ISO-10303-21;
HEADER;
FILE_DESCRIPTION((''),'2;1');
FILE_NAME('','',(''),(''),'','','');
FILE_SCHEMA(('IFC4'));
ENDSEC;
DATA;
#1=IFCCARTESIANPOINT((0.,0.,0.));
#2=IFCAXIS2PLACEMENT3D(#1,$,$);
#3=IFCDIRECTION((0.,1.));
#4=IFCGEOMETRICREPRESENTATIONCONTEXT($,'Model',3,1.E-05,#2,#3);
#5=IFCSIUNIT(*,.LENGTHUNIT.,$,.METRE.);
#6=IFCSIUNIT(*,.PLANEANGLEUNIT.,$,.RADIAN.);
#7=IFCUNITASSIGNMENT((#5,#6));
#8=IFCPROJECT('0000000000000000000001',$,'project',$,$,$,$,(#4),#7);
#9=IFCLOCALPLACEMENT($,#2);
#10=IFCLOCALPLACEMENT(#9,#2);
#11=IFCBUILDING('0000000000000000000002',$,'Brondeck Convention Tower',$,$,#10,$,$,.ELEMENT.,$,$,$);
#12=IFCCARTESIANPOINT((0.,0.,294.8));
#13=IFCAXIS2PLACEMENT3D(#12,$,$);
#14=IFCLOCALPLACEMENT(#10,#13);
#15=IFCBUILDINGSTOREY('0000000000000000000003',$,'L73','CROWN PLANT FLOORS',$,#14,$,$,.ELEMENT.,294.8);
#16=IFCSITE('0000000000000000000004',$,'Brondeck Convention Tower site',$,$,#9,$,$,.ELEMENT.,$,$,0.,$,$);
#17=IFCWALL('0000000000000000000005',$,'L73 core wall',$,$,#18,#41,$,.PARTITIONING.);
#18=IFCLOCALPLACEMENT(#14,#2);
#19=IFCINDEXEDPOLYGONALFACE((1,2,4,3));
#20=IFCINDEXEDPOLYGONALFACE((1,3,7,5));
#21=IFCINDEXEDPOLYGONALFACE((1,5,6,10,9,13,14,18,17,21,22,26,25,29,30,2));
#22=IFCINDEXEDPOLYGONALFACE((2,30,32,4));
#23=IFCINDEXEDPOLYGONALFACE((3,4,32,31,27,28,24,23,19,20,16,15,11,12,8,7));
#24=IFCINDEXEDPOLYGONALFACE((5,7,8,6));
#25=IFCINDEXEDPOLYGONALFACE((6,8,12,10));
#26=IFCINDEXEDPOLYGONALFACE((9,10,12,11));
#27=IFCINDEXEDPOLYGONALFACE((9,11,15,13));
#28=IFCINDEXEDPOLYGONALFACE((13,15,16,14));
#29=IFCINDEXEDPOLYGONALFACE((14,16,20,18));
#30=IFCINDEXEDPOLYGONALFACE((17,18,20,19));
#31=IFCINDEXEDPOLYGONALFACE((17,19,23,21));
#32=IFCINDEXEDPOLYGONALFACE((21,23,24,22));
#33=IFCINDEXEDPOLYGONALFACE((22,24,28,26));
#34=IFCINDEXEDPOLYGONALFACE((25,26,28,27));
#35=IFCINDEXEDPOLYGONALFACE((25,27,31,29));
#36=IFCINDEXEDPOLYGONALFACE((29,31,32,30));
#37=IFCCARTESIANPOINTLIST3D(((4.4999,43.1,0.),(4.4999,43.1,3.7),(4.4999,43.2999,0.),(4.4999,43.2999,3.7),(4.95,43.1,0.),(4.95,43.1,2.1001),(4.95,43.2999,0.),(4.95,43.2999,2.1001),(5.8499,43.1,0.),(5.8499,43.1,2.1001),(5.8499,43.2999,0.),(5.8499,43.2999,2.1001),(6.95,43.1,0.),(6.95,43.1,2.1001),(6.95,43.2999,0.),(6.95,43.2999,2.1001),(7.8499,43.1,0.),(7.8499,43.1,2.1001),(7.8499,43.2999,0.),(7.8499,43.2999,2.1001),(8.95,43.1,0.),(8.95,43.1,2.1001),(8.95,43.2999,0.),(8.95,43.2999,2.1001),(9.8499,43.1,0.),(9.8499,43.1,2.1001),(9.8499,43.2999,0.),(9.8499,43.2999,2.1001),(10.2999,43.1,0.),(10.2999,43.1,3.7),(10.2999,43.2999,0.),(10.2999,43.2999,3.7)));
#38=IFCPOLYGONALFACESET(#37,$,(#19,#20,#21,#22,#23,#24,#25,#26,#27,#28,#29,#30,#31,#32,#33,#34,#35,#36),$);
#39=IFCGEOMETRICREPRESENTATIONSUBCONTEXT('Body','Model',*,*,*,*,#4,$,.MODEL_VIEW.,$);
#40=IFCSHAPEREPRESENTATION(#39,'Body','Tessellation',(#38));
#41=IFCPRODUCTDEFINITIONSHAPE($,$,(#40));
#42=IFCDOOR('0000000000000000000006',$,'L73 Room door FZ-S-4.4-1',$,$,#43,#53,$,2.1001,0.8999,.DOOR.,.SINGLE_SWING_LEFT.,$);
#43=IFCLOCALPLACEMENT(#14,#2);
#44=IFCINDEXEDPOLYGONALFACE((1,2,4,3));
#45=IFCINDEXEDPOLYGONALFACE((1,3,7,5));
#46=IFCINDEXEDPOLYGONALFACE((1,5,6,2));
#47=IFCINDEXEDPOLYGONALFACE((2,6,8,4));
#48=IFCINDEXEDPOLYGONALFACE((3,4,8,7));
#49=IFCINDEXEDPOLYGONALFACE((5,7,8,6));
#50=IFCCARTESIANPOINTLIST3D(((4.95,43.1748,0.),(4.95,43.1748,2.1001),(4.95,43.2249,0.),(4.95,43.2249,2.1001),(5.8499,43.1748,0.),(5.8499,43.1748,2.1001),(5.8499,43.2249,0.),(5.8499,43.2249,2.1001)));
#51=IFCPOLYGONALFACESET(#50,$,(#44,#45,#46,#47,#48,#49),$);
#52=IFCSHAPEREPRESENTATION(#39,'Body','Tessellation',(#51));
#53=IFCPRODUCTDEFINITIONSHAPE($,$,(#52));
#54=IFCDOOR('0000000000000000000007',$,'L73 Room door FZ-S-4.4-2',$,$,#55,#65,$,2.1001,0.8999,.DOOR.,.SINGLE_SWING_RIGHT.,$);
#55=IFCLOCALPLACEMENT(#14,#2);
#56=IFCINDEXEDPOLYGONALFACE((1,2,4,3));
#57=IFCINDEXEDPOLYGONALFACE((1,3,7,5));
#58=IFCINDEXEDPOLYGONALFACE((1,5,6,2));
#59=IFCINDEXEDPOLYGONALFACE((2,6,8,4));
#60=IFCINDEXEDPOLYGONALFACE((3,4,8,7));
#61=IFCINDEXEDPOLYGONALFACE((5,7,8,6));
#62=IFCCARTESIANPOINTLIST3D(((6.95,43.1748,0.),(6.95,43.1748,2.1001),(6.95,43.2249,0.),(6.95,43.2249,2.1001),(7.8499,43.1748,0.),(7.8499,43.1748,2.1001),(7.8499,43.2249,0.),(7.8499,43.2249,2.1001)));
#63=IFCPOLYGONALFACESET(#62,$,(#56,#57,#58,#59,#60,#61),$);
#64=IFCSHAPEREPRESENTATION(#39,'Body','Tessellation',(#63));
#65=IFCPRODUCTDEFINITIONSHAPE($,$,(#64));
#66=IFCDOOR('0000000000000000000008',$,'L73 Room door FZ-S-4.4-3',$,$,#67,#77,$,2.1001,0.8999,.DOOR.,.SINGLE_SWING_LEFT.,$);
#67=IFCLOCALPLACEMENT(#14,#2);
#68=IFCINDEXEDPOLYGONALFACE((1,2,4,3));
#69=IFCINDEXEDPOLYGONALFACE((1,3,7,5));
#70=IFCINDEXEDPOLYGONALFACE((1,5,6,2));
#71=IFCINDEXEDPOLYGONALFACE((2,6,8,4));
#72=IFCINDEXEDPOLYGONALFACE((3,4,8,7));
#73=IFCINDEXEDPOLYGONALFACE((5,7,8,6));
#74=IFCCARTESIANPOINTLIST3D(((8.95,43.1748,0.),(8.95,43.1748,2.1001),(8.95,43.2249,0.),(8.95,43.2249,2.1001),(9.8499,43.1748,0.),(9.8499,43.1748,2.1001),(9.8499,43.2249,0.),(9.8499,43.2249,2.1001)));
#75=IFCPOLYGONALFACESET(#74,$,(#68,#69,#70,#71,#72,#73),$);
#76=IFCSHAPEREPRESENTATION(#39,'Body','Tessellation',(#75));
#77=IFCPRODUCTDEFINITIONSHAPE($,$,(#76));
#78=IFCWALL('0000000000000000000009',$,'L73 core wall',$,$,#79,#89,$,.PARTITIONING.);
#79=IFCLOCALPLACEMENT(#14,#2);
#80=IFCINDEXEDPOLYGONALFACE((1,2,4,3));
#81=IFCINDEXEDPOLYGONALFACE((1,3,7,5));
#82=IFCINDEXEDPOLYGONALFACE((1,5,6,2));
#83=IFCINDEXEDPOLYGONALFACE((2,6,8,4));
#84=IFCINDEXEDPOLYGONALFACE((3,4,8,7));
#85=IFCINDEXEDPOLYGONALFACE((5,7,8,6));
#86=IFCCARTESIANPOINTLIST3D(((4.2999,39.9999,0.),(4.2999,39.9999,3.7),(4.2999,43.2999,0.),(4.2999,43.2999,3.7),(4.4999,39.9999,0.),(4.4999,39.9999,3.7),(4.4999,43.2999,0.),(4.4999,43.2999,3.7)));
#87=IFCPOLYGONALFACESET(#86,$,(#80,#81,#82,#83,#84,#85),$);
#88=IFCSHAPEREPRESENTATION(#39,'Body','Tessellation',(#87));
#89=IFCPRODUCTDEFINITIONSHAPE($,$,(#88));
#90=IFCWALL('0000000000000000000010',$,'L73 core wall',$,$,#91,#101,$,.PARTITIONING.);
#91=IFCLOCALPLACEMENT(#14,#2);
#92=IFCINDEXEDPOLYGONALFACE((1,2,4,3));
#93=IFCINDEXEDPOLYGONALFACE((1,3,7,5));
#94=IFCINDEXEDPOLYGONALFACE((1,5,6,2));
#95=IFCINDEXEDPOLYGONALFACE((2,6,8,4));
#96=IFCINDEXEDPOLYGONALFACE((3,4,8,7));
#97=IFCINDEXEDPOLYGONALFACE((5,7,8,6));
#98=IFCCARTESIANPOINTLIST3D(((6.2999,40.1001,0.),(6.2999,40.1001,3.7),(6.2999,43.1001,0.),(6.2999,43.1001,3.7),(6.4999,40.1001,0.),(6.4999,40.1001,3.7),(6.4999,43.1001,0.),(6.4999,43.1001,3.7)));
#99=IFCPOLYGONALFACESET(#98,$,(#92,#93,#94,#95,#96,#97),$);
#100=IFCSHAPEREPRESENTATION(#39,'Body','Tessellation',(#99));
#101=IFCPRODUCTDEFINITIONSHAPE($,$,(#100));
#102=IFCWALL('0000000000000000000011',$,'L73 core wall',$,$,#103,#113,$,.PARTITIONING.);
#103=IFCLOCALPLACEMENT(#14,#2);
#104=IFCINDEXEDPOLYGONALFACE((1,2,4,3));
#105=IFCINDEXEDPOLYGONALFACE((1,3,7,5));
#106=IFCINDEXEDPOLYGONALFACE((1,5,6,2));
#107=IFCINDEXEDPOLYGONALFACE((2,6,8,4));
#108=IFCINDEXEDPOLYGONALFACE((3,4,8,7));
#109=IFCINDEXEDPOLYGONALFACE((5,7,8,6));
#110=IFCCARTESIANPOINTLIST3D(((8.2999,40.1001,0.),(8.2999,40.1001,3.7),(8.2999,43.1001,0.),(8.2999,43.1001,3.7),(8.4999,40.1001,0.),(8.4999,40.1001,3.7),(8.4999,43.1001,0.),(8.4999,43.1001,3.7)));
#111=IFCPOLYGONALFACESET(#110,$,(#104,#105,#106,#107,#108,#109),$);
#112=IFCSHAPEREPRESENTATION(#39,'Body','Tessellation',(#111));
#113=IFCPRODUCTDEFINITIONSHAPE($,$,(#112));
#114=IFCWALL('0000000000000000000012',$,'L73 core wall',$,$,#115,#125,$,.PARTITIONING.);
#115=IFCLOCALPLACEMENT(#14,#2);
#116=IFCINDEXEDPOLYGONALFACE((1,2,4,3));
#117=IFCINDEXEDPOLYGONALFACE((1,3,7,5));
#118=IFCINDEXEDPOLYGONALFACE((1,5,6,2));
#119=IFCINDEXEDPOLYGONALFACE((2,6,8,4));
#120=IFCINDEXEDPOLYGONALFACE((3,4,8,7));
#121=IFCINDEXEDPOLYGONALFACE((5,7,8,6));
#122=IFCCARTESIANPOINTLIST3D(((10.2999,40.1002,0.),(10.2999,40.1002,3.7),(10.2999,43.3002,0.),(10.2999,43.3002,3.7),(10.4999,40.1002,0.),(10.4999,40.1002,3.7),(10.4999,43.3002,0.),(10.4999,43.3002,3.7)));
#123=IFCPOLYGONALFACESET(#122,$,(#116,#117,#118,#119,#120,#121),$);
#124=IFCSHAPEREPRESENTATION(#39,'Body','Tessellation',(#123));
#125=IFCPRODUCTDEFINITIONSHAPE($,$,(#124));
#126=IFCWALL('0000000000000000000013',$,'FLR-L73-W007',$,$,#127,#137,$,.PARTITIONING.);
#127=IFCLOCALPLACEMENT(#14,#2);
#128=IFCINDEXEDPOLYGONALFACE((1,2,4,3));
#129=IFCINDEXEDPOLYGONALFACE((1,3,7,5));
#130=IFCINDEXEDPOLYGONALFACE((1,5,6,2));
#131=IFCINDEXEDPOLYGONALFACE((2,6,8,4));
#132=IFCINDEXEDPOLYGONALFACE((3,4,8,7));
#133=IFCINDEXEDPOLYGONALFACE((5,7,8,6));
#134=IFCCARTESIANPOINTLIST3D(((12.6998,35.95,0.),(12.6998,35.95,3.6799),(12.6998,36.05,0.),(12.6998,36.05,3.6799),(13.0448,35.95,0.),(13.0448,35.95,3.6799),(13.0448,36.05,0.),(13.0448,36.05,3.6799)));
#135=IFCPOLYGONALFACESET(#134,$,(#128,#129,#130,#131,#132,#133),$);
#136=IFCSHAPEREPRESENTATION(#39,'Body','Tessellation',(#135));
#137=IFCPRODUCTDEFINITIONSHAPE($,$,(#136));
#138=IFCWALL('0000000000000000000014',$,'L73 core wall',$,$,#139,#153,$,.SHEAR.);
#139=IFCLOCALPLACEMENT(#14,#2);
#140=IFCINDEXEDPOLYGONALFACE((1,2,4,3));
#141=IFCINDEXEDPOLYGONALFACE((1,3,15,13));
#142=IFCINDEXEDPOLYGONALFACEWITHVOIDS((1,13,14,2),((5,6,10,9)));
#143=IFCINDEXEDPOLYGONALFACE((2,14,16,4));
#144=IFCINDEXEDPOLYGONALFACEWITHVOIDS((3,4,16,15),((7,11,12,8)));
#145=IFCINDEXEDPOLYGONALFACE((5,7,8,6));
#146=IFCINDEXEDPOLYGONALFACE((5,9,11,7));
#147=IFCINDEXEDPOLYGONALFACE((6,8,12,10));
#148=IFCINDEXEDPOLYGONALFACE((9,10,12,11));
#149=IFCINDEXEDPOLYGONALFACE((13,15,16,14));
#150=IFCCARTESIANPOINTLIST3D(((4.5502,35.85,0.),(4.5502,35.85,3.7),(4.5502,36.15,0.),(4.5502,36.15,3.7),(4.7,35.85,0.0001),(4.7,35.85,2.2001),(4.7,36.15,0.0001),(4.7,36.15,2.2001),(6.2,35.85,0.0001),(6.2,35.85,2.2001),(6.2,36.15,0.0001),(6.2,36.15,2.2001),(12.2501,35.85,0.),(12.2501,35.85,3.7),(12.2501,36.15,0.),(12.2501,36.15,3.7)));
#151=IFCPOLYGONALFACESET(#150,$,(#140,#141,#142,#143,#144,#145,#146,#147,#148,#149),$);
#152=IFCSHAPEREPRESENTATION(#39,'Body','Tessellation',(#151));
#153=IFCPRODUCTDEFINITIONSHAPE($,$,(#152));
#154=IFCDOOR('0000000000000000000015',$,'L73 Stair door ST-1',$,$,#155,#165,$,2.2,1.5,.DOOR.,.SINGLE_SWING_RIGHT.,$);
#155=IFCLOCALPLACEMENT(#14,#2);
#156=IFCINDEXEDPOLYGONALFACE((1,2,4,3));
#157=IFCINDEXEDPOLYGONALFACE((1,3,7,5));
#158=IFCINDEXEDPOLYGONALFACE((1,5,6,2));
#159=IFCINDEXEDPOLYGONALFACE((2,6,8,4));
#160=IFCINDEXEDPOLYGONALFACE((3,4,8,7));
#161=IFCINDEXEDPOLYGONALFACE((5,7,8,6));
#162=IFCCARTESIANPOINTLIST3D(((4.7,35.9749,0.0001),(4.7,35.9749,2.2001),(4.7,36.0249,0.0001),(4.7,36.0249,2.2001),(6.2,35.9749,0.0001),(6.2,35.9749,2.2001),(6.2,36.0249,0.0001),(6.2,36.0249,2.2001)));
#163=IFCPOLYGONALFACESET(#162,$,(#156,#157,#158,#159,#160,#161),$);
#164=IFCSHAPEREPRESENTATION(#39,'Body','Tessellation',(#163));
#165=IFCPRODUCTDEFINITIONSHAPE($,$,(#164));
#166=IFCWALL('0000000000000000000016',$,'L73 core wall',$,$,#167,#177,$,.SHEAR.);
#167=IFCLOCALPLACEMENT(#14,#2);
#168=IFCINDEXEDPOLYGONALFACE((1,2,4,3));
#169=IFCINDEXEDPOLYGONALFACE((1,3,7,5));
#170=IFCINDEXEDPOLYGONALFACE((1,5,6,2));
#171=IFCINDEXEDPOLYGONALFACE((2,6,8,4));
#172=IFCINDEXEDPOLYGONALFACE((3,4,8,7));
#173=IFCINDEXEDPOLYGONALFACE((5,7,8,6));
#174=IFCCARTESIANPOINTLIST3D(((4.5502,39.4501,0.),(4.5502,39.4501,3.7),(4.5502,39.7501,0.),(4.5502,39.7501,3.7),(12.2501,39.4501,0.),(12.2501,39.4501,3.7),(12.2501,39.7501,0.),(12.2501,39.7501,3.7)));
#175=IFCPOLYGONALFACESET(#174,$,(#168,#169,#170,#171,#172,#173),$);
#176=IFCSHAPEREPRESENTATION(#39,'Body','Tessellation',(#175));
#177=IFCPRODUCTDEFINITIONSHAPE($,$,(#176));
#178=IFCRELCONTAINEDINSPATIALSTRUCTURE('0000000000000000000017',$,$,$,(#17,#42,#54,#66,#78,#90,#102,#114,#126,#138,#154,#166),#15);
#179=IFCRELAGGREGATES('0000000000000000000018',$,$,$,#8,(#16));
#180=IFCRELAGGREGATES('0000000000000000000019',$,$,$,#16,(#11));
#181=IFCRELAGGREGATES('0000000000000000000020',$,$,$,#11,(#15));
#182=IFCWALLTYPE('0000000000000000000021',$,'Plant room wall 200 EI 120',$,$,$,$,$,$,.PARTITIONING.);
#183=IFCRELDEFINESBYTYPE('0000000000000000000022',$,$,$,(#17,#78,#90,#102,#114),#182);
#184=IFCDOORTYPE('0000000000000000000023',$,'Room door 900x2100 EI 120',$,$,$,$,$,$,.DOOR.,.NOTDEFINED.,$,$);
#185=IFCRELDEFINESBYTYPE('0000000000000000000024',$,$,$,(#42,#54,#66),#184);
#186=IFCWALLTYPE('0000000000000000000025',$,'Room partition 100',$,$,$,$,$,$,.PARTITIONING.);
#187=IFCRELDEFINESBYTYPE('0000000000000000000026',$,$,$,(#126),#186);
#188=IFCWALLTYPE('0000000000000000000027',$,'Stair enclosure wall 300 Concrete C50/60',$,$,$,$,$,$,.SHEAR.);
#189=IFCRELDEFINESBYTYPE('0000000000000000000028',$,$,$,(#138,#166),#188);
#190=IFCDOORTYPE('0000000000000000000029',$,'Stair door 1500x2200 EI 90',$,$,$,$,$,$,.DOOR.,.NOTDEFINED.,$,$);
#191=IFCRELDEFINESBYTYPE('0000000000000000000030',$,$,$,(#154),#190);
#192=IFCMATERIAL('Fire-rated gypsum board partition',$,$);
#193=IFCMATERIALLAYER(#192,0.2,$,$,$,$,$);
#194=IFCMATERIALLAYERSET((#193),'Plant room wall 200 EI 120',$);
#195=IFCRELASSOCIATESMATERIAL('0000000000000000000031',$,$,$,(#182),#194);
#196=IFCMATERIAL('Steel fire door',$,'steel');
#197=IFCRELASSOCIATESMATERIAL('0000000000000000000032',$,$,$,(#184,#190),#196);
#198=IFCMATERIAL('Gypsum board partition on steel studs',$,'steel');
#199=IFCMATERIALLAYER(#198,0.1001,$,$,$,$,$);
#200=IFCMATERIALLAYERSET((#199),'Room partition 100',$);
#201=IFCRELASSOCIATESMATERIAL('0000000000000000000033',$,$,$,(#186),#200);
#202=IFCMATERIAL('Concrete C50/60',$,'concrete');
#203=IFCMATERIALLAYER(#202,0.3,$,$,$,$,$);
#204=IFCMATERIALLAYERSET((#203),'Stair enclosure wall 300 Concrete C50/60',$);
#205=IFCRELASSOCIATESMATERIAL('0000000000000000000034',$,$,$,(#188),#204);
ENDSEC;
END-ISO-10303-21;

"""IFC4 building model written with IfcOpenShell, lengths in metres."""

from ifc_helpers import new_model, si_unit, direction, frame, frame_2d, origin, place, context, subcontext, project, spatial, rectangle, extrude, material, layer, layer_set, type_object, element, fill, save


model = new_model("IFC4")

# Units and contexts
model_context = context("Model", 3, precision=1e-05, world=origin(), true_north=direction((0.0, 1.0)))
body_context = subcontext(model_context, "Body", "Model", "MODEL_VIEW")
ifc_project = project(units=[si_unit("LENGTHUNIT", "METRE"), si_unit("PLANEANGLEUNIT", "RADIAN")], contexts=[model_context])

# Site, building, storey
site_placement = place(None, origin())
site = spatial("IfcSite", under=ifc_project, at=site_placement, Name="Brondeck Convention Tower site", CompositionType="ELEMENT", RefElevation=0.0)
building_placement = place(site_placement, origin())
building = spatial("IfcBuilding", under=site, at=building_placement, Name="Brondeck Convention Tower", CompositionType="ELEMENT")
storey_placement = place(building_placement, frame((0.0, 0.0, 294.8)))
storey = spatial("IfcBuildingStorey", under=building, at=storey_placement, Name="L73", Description="CROWN PLANT FLOORS", CompositionType="ELEMENT", Elevation=294.8)

# Shared definitions
ifc_material_1 = material(Name="Concrete C50/60", Category="concrete")

# Shared definitions
ifc_material_2 = material(Name="Fire-rated gypsum board partition")
ifc_layer_1 = layer(ifc_material_2, 0.2)
ifc_layer_set_1 = layer_set([ifc_layer_1], Name="Plant room wall 200 EI 120")
wall_type_1 = type_object("IfcWallType", Name="Plant room wall 200 EI 120", PredefinedType="PARTITIONING", material=ifc_layer_set_1)

# Wall, openings, doors
wall_1_placement = place(storey_placement, frame((4.5, 43.2, 0.0), z_axis=(0.0, 0.0, 1.0), x_axis=(1.0, 0.0, 0.0)))
wall_1 = element("IfcWall", 1, at=wall_1_placement, inside=storey, type_object=wall_type_1, Name="L73 core wall", PredefinedType="PARTITIONING", context=body_context, shape_type="SweptSolid", body=[
    extrude(rectangle(XDim=5.8, YDim=0.2, at=frame_2d((2.8999, 0.0))), origin(), (0.0, 0.0, 1.0), 3.7),
])
opening_1_placement = place(wall_1_placement, frame((0.45, 0.0, 0.0)))
opening_1 = element("IfcOpeningElement", 2, at=opening_1_placement, cuts=wall_1, PredefinedType="OPENING", context=body_context, shape_type="SweptSolid", body=[
    extrude(rectangle(XDim=0.8999, YDim=2.1001, at=frame_2d((0.45, 1.05))), frame((0.0, 0.1099, 0.0), z_axis=(0.0, -1.0, 0.0), x_axis=(1.0, 0.0, 0.0)), (0.0, 0.0, 1.0), 0.22),
])
opening_2_placement = place(wall_1_placement, frame((2.45, 0.0, 0.0)))
opening_2 = element("IfcOpeningElement", 3, at=opening_2_placement, cuts=wall_1, PredefinedType="OPENING", context=body_context, shape_type="SweptSolid", body=[
    extrude(rectangle(XDim=0.8999, YDim=2.1001, at=frame_2d((0.45, 1.05))), frame((0.0, 0.1099, 0.0), z_axis=(0.0, -1.0, 0.0), x_axis=(1.0, 0.0, 0.0)), (0.0, 0.0, 1.0), 0.22),
])
opening_3_placement = place(wall_1_placement, frame((4.45, 0.0, 0.0)))
opening_3 = element("IfcOpeningElement", 4, at=opening_3_placement, cuts=wall_1, PredefinedType="OPENING", context=body_context, shape_type="SweptSolid", body=[
    extrude(rectangle(XDim=0.8999, YDim=2.1001, at=frame_2d((0.45, 1.05))), frame((0.0, 0.1099, 0.0), z_axis=(0.0, -1.0, 0.0), x_axis=(1.0, 0.0, 0.0)), (0.0, 0.0, 1.0), 0.22),
])
ifc_material_3 = material(Name="Steel fire door", Category="steel")
door_type_1 = type_object("IfcDoorType", Name="Room door 900x2100 EI 120", OperationType="NOTDEFINED", PredefinedType="DOOR", material=ifc_material_3)
door_1_placement = place(opening_1_placement, origin())
door_1 = element("IfcDoor", 5, at=door_1_placement, inside=storey, type_object=door_type_1, Name="L73 Room door FZ-S-4.4-1", OperationType="SINGLE_SWING_LEFT", OverallHeight=2.1001, OverallWidth=0.8999, PredefinedType="DOOR", context=body_context, shape_type="SweptSolid", body=[
    extrude(rectangle(XDim=0.8999, YDim=2.1001, at=frame_2d((0.45, 1.05))), frame((0.0, 0.0249, 0.0), z_axis=(0.0, -1.0, 0.0), x_axis=(1.0, 0.0, 0.0)), (0.0, 0.0, 1.0), 0.05),
])
fill(opening_1, door_1)
door_2_placement = place(opening_2_placement, origin())
door_2 = element("IfcDoor", 6, at=door_2_placement, inside=storey, type_object=door_type_1, Name="L73 Room door FZ-S-4.4-2", OperationType="SINGLE_SWING_RIGHT", OverallHeight=2.1001, OverallWidth=0.8999, PredefinedType="DOOR", context=body_context, shape_type="SweptSolid", body=[
    extrude(rectangle(XDim=0.8999, YDim=2.1001, at=frame_2d((0.45, 1.05))), frame((0.0, 0.0249, 0.0), z_axis=(0.0, -1.0, 0.0), x_axis=(1.0, 0.0, 0.0)), (0.0, 0.0, 1.0), 0.05),
])
fill(opening_2, door_2)
door_3_placement = place(opening_3_placement, origin())
door_3 = element("IfcDoor", 7, at=door_3_placement, inside=storey, type_object=door_type_1, Name="L73 Room door FZ-S-4.4-3", OperationType="SINGLE_SWING_LEFT", OverallHeight=2.1001, OverallWidth=0.8999, PredefinedType="DOOR", context=body_context, shape_type="SweptSolid", body=[
    extrude(rectangle(XDim=0.8999, YDim=2.1001, at=frame_2d((0.45, 1.05))), frame((0.0, 0.0249, 0.0), z_axis=(0.0, -1.0, 0.0), x_axis=(1.0, 0.0, 0.0)), (0.0, 0.0, 1.0), 0.05),
])
fill(opening_3, door_3)

# Walls
wall_2_placement = place(storey_placement, frame((4.3999, 40.0, 0.0), z_axis=(0.0, 0.0, 1.0), x_axis=(0.0, 1.0, 0.0)))
element("IfcWall", 8, at=wall_2_placement, inside=storey, type_object=wall_type_1, Name="L73 core wall", PredefinedType="PARTITIONING", context=body_context, shape_type="SweptSolid", body=[
    extrude(rectangle(XDim=3.3, YDim=0.2, at=frame_2d((1.6499, 0.0))), origin(), (0.0, 0.0, 1.0), 3.7),
])
for number, where, z_axis, x_axis, name in (
    (9, (6.3999, 40.1001, 0.0), (0.0, 0.0, 1.0), (0.0, 1.0, 0.0), "L73 core wall"),
    (10, (8.3999, 40.1001, 0.0), (0.0, 0.0, 1.0), (0.0, 1.0, 0.0), "L73 core wall"),
):
    element("IfcWall", number, at=place(storey_placement, frame(where, z_axis=z_axis, x_axis=x_axis)), inside=storey, type_object=wall_type_1, Name=name, PredefinedType="PARTITIONING", context=body_context, shape_type="SweptSolid", body=[
        extrude(rectangle(XDim=3.0, YDim=0.2, at=frame_2d((1.5, 0.0))), origin(), (0.0, 0.0, 1.0), 3.7),
    ])
wall_3_placement = place(storey_placement, frame((10.3999, 40.1001, 0.0), z_axis=(0.0, 0.0, 1.0), x_axis=(0.0, 1.0, 0.0)))
element("IfcWall", 11, at=wall_3_placement, inside=storey, type_object=wall_type_1, Name="L73 core wall", PredefinedType="PARTITIONING", context=body_context, shape_type="SweptSolid", body=[
    extrude(rectangle(XDim=3.2, YDim=0.2, at=frame_2d((1.6001, 0.0))), origin(), (0.0, 0.0, 1.0), 3.7),
])
ifc_material_4 = material(Name="Gypsum board partition on steel studs", Category="steel")
ifc_layer_2 = layer(ifc_material_4, 0.1001)
ifc_layer_set_2 = layer_set([ifc_layer_2], Name="Room partition 100")
wall_type_2 = type_object("IfcWallType", Name="Room partition 100", PredefinedType="PARTITIONING", material=ifc_layer_set_2)
wall_4_placement = place(storey_placement, frame((12.7, 36.0, 0.0), z_axis=(0.0, 0.0, 1.0), x_axis=(1.0, 0.0, 0.0)))
element("IfcWall", 12, at=wall_4_placement, inside=storey, type_object=wall_type_2, Name="FLR-L73-W007", PredefinedType="PARTITIONING", context=body_context, shape_type="SweptSolid", body=[
    extrude(rectangle(XDim=0.345, YDim=0.1001, at=frame_2d((0.1724, 0.0))), origin(), (0.0, 0.0, 1.0), 3.6799),
])

# Wall, opening, door
ifc_layer_3 = layer(ifc_material_1, 0.3)
ifc_layer_set_3 = layer_set([ifc_layer_3], Name="Stair enclosure wall 300 Concrete C50/60")
wall_type_3 = type_object("IfcWallType", Name="Stair enclosure wall 300 Concrete C50/60", PredefinedType="SHEAR", material=ifc_layer_set_3)
wall_5_placement = place(storey_placement, frame((4.55, 36.0, 0.0), z_axis=(0.0, 0.0, 1.0), x_axis=(1.0, 0.0, 0.0)))
wall_5 = element("IfcWall", 13, at=wall_5_placement, inside=storey, type_object=wall_type_3, Name="L73 core wall", PredefinedType="SHEAR", context=body_context, shape_type="SweptSolid", body=[
    extrude(rectangle(XDim=7.7, YDim=0.3, at=frame_2d((3.8501, 0.0))), origin(), (0.0, 0.0, 1.0), 3.7),
])
opening_4_placement = place(wall_5_placement, frame((0.1499, 0.0, 0.0)))
opening_4 = element("IfcOpeningElement", 14, at=opening_4_placement, cuts=wall_5, PredefinedType="OPENING", context=body_context, shape_type="SweptSolid", body=[
    extrude(rectangle(XDim=1.5, YDim=2.2, at=frame_2d((0.75, 1.1001))), frame((0.0, 0.1599, 0.0), z_axis=(0.0, -1.0, 0.0), x_axis=(1.0, 0.0, 0.0)), (0.0, 0.0, 1.0), 0.3201),
])
door_type_2 = type_object("IfcDoorType", Name="Stair door 1500x2200 EI 90", OperationType="NOTDEFINED", PredefinedType="DOOR", material=ifc_material_3)
door_4_placement = place(opening_4_placement, origin())
door_4 = element("IfcDoor", 15, at=door_4_placement, inside=storey, type_object=door_type_2, Name="L73 Stair door ST-1", OperationType="SINGLE_SWING_RIGHT", OverallHeight=2.2, OverallWidth=1.5, PredefinedType="DOOR", context=body_context, shape_type="SweptSolid", body=[
    extrude(rectangle(XDim=1.5, YDim=2.2, at=frame_2d((0.75, 1.1001))), frame((0.0, 0.0249, 0.0), z_axis=(0.0, -1.0, 0.0), x_axis=(1.0, 0.0, 0.0)), (0.0, 0.0, 1.0), 0.05),
])
fill(opening_4, door_4)

# Wall
wall_6_placement = place(storey_placement, frame((4.55, 39.6001, 0.0), z_axis=(0.0, 0.0, 1.0), x_axis=(1.0, 0.0, 0.0)))
element("IfcWall", 16, at=wall_6_placement, inside=storey, type_object=wall_type_3, Name="L73 core wall", PredefinedType="SHEAR", context=body_context, shape_type="SweptSolid", body=[
    extrude(rectangle(XDim=7.7, YDim=0.3, at=frame_2d((3.8501, 0.0))), origin(), (0.0, 0.0, 1.0), 3.7),
])

save(model, "model.ifc")
